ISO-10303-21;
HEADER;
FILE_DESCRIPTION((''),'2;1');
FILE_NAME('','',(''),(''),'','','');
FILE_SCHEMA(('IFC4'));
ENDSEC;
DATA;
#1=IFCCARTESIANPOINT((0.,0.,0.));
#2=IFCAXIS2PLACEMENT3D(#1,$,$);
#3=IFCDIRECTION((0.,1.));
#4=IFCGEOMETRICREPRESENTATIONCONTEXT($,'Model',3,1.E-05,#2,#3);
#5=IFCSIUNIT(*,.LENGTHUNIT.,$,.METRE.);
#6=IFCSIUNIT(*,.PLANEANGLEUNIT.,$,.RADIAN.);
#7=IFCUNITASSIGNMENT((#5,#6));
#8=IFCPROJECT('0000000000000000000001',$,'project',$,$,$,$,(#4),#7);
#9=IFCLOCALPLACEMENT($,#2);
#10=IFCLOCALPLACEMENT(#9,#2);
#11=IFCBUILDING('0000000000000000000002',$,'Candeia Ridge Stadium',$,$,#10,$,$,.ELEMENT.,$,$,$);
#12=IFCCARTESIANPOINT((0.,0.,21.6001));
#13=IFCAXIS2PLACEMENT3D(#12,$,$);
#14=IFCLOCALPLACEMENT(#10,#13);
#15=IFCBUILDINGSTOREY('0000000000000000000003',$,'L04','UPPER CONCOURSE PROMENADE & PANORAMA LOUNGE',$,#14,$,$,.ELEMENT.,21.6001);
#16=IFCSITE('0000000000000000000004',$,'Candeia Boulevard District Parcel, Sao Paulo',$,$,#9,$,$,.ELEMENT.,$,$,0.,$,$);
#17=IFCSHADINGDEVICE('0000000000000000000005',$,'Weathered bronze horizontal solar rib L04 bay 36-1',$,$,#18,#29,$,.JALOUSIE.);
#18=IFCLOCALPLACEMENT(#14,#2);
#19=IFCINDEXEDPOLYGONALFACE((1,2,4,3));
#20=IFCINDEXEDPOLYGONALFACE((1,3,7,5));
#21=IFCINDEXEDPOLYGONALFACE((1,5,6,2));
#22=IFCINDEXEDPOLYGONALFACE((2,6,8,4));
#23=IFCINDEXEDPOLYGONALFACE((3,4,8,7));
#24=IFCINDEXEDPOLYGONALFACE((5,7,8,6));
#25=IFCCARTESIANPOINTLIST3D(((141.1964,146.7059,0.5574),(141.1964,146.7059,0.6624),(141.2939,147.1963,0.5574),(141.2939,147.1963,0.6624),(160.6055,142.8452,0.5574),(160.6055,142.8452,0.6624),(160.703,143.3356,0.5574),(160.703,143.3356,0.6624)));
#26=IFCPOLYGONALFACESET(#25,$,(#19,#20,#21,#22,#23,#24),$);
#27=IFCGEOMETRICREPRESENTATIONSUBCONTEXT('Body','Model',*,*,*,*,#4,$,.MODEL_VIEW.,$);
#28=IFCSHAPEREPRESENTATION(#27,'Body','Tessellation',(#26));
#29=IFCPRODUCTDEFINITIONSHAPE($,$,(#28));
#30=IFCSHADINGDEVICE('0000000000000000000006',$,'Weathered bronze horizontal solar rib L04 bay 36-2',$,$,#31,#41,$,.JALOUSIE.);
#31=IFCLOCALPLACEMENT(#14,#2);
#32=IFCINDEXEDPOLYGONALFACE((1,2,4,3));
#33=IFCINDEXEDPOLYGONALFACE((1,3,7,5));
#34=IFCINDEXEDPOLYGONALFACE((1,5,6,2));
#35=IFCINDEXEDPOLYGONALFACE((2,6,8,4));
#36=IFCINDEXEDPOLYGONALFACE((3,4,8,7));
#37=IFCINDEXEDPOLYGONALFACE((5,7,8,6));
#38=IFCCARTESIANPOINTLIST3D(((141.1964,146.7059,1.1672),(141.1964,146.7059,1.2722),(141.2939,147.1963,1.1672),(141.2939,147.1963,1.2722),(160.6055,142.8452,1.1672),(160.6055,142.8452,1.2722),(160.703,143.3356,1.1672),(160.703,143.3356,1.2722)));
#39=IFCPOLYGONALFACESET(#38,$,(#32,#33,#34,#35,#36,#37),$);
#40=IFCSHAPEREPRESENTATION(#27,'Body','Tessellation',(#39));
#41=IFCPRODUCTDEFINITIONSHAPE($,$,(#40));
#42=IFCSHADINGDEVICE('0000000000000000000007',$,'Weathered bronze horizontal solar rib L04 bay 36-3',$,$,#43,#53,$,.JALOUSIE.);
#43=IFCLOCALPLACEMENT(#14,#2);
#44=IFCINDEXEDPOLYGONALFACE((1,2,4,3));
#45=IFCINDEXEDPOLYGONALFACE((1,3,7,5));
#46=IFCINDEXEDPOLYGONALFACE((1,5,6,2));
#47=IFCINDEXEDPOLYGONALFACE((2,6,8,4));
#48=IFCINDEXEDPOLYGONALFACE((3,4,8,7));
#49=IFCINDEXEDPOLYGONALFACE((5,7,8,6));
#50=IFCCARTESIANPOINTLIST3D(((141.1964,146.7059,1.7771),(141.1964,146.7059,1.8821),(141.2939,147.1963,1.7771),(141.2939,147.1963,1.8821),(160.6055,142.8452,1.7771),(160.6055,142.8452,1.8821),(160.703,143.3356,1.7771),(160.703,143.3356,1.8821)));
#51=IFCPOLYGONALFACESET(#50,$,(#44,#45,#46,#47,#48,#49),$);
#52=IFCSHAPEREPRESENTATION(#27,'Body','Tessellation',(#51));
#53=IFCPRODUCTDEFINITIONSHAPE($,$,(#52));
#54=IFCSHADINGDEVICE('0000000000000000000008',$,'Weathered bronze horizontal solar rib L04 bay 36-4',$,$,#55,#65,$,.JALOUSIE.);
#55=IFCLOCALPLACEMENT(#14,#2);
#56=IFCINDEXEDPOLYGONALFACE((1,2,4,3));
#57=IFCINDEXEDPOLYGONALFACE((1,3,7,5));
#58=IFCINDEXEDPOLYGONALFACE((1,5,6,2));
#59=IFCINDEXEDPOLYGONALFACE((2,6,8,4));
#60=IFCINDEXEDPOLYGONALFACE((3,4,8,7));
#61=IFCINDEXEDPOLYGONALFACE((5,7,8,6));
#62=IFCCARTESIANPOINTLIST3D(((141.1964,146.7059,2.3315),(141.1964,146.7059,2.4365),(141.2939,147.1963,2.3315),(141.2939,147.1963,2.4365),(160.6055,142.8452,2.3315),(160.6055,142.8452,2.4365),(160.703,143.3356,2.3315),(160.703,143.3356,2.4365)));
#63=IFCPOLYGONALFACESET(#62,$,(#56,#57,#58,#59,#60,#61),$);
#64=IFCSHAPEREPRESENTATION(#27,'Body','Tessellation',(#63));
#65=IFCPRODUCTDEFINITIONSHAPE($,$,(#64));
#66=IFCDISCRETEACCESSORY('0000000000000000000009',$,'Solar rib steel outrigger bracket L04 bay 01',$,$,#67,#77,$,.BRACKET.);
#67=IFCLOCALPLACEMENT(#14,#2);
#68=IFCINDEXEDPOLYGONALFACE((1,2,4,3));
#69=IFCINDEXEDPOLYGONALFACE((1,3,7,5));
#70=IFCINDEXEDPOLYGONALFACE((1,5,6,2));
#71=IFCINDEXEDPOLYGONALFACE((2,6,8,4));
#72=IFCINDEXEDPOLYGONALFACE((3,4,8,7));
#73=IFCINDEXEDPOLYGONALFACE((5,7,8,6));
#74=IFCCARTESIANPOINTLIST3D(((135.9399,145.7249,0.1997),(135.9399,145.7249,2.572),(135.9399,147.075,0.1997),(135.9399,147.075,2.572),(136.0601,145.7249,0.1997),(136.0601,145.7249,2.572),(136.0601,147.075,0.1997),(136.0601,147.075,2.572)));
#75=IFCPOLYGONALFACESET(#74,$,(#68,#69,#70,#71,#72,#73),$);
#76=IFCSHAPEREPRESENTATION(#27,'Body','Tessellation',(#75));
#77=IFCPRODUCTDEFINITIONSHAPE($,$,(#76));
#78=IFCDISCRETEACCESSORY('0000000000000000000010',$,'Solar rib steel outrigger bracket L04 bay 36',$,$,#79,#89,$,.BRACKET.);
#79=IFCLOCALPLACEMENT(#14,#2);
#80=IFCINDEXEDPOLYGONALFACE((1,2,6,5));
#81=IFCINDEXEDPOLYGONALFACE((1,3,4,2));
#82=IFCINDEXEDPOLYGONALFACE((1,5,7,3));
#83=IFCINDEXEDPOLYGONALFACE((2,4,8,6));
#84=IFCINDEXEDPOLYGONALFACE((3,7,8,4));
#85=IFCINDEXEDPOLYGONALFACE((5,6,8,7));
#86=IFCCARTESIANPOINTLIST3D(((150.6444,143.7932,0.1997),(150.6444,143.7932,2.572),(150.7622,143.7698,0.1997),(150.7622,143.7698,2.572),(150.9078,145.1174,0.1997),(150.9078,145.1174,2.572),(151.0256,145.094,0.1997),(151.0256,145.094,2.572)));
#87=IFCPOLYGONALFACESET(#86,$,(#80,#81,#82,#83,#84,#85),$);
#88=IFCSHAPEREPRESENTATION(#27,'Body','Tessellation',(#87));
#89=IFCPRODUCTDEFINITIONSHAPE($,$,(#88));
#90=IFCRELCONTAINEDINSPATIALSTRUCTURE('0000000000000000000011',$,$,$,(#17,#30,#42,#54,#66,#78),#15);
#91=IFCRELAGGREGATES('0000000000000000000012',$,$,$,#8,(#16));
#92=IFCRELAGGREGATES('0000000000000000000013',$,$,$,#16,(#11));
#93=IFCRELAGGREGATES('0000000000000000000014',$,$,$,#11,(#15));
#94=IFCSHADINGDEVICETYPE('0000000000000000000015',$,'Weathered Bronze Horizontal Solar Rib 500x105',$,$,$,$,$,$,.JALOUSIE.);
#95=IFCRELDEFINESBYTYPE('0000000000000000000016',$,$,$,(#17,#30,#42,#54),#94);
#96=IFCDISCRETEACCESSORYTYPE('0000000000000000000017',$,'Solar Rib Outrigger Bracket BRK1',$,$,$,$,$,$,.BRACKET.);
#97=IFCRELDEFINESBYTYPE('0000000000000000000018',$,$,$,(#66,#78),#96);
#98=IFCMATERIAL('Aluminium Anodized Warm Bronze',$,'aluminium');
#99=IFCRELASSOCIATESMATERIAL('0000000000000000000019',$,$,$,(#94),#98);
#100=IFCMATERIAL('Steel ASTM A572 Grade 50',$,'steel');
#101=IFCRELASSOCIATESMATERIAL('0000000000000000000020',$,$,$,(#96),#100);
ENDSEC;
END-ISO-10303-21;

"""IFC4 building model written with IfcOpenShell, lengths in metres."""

from ifc_helpers import new_model, si_unit, direction, frame, origin, origin_2d, place, context, subcontext, project, spatial, rectangle, extrude, material, type_object, element, save


model = new_model("IFC4")

# Units and contexts
model_context = context("Model", 3, precision=1e-05, world=origin(), true_north=direction((0.0, 1.0)))
body_context = subcontext(model_context, "Body", "Model", "MODEL_VIEW")
ifc_project = project(units=[si_unit("LENGTHUNIT", "METRE"), si_unit("PLANEANGLEUNIT", "RADIAN")], contexts=[model_context])

# Site, building, storey
site_placement = place(None, origin())
site = spatial("IfcSite", under=ifc_project, at=site_placement, Name="Candeia Boulevard District Parcel, Sao Paulo", CompositionType="ELEMENT", RefElevation=0.0)
building_placement = place(site_placement, origin())
building = spatial("IfcBuilding", under=site, at=building_placement, Name="Candeia Ridge Stadium", CompositionType="ELEMENT")
storey_placement = place(building_placement, frame((0.0, 0.0, 21.6001)))
storey = spatial("IfcBuildingStorey", under=building, at=storey_placement, Name="L04", Description="UPPER CONCOURSE PROMENADE & PANORAMA LOUNGE", CompositionType="ELEMENT", Elevation=21.6001)

# Shared definitions
ifc_material_1 = material(Name="Aluminium Anodized Warm Bronze", Category="aluminium")

# Shading devices
shading_device_type_1 = type_object("IfcShadingDeviceType", Name="Weathered Bronze Horizontal Solar Rib 500x105", PredefinedType="JALOUSIE", material=ifc_material_1)
for number, where, z_axis, x_axis, name in (
    (1, (150.9497, 145.0208, 0.5574), (0.0, 0.0, 1.0), (-0.980785, 0.19509, 0.0), "Weathered bronze horizontal solar rib L04 bay 36-1"),
    (2, (150.9497, 145.0208, 1.1672), (0.0, 0.0, 1.0), (-0.980785, 0.19509, 0.0), "Weathered bronze horizontal solar rib L04 bay 36-2"),
    (3, (150.9497, 145.0208, 1.7771), (0.0, 0.0, 1.0), (-0.980785, 0.19509, 0.0), "Weathered bronze horizontal solar rib L04 bay 36-3"),
    (4, (150.9497, 145.0208, 2.3315), (0.0, 0.0, 1.0), (-0.980785, 0.19509, 0.0), "Weathered bronze horizontal solar rib L04 bay 36-4"),
):
    element("IfcShadingDevice", number, at=place(storey_placement, frame(where, z_axis=z_axis, x_axis=x_axis)), inside=storey, type_object=shading_device_type_1, Name=name, PredefinedType="JALOUSIE", context=body_context, shape_type="SweptSolid", body=[
        extrude(rectangle(XDim=19.7893, YDim=0.5, at=origin_2d()), origin(), (0.0, 0.0, 1.0), 0.105),
    ])

# Discrete accessories
ifc_material_2 = material(Name="Steel ASTM A572 Grade 50", Category="steel")
discrete_accessory_type = type_object("IfcDiscreteAccessoryType", Name="Solar Rib Outrigger Bracket BRK1", PredefinedType="BRACKET", material=ifc_material_2)
for number, where, z_axis, x_axis, name in (
    (5, (136.0, 146.3999, 0.1997), (0.0, 0.0, 1.0), (0.0, 1.0, 0.0), "Solar rib steel outrigger bracket L04 bay 01"),
    (6, (150.835, 144.4436, 0.1997), (0.0, 0.0, 1.0), (0.19509, 0.980785, 0.0), "Solar rib steel outrigger bracket L04 bay 36"),
):
    element("IfcDiscreteAccessory", number, at=place(storey_placement, frame(where, z_axis=z_axis, x_axis=x_axis)), inside=storey, type_object=discrete_accessory_type, Name=name, PredefinedType="BRACKET", context=body_context, shape_type="SweptSolid", body=[
        extrude(rectangle(XDim=1.3501, YDim=0.1201, at=origin_2d()), origin(), (0.0, 0.0, 1.0), 2.3723),
    ])

save(model, "model.ifc")
